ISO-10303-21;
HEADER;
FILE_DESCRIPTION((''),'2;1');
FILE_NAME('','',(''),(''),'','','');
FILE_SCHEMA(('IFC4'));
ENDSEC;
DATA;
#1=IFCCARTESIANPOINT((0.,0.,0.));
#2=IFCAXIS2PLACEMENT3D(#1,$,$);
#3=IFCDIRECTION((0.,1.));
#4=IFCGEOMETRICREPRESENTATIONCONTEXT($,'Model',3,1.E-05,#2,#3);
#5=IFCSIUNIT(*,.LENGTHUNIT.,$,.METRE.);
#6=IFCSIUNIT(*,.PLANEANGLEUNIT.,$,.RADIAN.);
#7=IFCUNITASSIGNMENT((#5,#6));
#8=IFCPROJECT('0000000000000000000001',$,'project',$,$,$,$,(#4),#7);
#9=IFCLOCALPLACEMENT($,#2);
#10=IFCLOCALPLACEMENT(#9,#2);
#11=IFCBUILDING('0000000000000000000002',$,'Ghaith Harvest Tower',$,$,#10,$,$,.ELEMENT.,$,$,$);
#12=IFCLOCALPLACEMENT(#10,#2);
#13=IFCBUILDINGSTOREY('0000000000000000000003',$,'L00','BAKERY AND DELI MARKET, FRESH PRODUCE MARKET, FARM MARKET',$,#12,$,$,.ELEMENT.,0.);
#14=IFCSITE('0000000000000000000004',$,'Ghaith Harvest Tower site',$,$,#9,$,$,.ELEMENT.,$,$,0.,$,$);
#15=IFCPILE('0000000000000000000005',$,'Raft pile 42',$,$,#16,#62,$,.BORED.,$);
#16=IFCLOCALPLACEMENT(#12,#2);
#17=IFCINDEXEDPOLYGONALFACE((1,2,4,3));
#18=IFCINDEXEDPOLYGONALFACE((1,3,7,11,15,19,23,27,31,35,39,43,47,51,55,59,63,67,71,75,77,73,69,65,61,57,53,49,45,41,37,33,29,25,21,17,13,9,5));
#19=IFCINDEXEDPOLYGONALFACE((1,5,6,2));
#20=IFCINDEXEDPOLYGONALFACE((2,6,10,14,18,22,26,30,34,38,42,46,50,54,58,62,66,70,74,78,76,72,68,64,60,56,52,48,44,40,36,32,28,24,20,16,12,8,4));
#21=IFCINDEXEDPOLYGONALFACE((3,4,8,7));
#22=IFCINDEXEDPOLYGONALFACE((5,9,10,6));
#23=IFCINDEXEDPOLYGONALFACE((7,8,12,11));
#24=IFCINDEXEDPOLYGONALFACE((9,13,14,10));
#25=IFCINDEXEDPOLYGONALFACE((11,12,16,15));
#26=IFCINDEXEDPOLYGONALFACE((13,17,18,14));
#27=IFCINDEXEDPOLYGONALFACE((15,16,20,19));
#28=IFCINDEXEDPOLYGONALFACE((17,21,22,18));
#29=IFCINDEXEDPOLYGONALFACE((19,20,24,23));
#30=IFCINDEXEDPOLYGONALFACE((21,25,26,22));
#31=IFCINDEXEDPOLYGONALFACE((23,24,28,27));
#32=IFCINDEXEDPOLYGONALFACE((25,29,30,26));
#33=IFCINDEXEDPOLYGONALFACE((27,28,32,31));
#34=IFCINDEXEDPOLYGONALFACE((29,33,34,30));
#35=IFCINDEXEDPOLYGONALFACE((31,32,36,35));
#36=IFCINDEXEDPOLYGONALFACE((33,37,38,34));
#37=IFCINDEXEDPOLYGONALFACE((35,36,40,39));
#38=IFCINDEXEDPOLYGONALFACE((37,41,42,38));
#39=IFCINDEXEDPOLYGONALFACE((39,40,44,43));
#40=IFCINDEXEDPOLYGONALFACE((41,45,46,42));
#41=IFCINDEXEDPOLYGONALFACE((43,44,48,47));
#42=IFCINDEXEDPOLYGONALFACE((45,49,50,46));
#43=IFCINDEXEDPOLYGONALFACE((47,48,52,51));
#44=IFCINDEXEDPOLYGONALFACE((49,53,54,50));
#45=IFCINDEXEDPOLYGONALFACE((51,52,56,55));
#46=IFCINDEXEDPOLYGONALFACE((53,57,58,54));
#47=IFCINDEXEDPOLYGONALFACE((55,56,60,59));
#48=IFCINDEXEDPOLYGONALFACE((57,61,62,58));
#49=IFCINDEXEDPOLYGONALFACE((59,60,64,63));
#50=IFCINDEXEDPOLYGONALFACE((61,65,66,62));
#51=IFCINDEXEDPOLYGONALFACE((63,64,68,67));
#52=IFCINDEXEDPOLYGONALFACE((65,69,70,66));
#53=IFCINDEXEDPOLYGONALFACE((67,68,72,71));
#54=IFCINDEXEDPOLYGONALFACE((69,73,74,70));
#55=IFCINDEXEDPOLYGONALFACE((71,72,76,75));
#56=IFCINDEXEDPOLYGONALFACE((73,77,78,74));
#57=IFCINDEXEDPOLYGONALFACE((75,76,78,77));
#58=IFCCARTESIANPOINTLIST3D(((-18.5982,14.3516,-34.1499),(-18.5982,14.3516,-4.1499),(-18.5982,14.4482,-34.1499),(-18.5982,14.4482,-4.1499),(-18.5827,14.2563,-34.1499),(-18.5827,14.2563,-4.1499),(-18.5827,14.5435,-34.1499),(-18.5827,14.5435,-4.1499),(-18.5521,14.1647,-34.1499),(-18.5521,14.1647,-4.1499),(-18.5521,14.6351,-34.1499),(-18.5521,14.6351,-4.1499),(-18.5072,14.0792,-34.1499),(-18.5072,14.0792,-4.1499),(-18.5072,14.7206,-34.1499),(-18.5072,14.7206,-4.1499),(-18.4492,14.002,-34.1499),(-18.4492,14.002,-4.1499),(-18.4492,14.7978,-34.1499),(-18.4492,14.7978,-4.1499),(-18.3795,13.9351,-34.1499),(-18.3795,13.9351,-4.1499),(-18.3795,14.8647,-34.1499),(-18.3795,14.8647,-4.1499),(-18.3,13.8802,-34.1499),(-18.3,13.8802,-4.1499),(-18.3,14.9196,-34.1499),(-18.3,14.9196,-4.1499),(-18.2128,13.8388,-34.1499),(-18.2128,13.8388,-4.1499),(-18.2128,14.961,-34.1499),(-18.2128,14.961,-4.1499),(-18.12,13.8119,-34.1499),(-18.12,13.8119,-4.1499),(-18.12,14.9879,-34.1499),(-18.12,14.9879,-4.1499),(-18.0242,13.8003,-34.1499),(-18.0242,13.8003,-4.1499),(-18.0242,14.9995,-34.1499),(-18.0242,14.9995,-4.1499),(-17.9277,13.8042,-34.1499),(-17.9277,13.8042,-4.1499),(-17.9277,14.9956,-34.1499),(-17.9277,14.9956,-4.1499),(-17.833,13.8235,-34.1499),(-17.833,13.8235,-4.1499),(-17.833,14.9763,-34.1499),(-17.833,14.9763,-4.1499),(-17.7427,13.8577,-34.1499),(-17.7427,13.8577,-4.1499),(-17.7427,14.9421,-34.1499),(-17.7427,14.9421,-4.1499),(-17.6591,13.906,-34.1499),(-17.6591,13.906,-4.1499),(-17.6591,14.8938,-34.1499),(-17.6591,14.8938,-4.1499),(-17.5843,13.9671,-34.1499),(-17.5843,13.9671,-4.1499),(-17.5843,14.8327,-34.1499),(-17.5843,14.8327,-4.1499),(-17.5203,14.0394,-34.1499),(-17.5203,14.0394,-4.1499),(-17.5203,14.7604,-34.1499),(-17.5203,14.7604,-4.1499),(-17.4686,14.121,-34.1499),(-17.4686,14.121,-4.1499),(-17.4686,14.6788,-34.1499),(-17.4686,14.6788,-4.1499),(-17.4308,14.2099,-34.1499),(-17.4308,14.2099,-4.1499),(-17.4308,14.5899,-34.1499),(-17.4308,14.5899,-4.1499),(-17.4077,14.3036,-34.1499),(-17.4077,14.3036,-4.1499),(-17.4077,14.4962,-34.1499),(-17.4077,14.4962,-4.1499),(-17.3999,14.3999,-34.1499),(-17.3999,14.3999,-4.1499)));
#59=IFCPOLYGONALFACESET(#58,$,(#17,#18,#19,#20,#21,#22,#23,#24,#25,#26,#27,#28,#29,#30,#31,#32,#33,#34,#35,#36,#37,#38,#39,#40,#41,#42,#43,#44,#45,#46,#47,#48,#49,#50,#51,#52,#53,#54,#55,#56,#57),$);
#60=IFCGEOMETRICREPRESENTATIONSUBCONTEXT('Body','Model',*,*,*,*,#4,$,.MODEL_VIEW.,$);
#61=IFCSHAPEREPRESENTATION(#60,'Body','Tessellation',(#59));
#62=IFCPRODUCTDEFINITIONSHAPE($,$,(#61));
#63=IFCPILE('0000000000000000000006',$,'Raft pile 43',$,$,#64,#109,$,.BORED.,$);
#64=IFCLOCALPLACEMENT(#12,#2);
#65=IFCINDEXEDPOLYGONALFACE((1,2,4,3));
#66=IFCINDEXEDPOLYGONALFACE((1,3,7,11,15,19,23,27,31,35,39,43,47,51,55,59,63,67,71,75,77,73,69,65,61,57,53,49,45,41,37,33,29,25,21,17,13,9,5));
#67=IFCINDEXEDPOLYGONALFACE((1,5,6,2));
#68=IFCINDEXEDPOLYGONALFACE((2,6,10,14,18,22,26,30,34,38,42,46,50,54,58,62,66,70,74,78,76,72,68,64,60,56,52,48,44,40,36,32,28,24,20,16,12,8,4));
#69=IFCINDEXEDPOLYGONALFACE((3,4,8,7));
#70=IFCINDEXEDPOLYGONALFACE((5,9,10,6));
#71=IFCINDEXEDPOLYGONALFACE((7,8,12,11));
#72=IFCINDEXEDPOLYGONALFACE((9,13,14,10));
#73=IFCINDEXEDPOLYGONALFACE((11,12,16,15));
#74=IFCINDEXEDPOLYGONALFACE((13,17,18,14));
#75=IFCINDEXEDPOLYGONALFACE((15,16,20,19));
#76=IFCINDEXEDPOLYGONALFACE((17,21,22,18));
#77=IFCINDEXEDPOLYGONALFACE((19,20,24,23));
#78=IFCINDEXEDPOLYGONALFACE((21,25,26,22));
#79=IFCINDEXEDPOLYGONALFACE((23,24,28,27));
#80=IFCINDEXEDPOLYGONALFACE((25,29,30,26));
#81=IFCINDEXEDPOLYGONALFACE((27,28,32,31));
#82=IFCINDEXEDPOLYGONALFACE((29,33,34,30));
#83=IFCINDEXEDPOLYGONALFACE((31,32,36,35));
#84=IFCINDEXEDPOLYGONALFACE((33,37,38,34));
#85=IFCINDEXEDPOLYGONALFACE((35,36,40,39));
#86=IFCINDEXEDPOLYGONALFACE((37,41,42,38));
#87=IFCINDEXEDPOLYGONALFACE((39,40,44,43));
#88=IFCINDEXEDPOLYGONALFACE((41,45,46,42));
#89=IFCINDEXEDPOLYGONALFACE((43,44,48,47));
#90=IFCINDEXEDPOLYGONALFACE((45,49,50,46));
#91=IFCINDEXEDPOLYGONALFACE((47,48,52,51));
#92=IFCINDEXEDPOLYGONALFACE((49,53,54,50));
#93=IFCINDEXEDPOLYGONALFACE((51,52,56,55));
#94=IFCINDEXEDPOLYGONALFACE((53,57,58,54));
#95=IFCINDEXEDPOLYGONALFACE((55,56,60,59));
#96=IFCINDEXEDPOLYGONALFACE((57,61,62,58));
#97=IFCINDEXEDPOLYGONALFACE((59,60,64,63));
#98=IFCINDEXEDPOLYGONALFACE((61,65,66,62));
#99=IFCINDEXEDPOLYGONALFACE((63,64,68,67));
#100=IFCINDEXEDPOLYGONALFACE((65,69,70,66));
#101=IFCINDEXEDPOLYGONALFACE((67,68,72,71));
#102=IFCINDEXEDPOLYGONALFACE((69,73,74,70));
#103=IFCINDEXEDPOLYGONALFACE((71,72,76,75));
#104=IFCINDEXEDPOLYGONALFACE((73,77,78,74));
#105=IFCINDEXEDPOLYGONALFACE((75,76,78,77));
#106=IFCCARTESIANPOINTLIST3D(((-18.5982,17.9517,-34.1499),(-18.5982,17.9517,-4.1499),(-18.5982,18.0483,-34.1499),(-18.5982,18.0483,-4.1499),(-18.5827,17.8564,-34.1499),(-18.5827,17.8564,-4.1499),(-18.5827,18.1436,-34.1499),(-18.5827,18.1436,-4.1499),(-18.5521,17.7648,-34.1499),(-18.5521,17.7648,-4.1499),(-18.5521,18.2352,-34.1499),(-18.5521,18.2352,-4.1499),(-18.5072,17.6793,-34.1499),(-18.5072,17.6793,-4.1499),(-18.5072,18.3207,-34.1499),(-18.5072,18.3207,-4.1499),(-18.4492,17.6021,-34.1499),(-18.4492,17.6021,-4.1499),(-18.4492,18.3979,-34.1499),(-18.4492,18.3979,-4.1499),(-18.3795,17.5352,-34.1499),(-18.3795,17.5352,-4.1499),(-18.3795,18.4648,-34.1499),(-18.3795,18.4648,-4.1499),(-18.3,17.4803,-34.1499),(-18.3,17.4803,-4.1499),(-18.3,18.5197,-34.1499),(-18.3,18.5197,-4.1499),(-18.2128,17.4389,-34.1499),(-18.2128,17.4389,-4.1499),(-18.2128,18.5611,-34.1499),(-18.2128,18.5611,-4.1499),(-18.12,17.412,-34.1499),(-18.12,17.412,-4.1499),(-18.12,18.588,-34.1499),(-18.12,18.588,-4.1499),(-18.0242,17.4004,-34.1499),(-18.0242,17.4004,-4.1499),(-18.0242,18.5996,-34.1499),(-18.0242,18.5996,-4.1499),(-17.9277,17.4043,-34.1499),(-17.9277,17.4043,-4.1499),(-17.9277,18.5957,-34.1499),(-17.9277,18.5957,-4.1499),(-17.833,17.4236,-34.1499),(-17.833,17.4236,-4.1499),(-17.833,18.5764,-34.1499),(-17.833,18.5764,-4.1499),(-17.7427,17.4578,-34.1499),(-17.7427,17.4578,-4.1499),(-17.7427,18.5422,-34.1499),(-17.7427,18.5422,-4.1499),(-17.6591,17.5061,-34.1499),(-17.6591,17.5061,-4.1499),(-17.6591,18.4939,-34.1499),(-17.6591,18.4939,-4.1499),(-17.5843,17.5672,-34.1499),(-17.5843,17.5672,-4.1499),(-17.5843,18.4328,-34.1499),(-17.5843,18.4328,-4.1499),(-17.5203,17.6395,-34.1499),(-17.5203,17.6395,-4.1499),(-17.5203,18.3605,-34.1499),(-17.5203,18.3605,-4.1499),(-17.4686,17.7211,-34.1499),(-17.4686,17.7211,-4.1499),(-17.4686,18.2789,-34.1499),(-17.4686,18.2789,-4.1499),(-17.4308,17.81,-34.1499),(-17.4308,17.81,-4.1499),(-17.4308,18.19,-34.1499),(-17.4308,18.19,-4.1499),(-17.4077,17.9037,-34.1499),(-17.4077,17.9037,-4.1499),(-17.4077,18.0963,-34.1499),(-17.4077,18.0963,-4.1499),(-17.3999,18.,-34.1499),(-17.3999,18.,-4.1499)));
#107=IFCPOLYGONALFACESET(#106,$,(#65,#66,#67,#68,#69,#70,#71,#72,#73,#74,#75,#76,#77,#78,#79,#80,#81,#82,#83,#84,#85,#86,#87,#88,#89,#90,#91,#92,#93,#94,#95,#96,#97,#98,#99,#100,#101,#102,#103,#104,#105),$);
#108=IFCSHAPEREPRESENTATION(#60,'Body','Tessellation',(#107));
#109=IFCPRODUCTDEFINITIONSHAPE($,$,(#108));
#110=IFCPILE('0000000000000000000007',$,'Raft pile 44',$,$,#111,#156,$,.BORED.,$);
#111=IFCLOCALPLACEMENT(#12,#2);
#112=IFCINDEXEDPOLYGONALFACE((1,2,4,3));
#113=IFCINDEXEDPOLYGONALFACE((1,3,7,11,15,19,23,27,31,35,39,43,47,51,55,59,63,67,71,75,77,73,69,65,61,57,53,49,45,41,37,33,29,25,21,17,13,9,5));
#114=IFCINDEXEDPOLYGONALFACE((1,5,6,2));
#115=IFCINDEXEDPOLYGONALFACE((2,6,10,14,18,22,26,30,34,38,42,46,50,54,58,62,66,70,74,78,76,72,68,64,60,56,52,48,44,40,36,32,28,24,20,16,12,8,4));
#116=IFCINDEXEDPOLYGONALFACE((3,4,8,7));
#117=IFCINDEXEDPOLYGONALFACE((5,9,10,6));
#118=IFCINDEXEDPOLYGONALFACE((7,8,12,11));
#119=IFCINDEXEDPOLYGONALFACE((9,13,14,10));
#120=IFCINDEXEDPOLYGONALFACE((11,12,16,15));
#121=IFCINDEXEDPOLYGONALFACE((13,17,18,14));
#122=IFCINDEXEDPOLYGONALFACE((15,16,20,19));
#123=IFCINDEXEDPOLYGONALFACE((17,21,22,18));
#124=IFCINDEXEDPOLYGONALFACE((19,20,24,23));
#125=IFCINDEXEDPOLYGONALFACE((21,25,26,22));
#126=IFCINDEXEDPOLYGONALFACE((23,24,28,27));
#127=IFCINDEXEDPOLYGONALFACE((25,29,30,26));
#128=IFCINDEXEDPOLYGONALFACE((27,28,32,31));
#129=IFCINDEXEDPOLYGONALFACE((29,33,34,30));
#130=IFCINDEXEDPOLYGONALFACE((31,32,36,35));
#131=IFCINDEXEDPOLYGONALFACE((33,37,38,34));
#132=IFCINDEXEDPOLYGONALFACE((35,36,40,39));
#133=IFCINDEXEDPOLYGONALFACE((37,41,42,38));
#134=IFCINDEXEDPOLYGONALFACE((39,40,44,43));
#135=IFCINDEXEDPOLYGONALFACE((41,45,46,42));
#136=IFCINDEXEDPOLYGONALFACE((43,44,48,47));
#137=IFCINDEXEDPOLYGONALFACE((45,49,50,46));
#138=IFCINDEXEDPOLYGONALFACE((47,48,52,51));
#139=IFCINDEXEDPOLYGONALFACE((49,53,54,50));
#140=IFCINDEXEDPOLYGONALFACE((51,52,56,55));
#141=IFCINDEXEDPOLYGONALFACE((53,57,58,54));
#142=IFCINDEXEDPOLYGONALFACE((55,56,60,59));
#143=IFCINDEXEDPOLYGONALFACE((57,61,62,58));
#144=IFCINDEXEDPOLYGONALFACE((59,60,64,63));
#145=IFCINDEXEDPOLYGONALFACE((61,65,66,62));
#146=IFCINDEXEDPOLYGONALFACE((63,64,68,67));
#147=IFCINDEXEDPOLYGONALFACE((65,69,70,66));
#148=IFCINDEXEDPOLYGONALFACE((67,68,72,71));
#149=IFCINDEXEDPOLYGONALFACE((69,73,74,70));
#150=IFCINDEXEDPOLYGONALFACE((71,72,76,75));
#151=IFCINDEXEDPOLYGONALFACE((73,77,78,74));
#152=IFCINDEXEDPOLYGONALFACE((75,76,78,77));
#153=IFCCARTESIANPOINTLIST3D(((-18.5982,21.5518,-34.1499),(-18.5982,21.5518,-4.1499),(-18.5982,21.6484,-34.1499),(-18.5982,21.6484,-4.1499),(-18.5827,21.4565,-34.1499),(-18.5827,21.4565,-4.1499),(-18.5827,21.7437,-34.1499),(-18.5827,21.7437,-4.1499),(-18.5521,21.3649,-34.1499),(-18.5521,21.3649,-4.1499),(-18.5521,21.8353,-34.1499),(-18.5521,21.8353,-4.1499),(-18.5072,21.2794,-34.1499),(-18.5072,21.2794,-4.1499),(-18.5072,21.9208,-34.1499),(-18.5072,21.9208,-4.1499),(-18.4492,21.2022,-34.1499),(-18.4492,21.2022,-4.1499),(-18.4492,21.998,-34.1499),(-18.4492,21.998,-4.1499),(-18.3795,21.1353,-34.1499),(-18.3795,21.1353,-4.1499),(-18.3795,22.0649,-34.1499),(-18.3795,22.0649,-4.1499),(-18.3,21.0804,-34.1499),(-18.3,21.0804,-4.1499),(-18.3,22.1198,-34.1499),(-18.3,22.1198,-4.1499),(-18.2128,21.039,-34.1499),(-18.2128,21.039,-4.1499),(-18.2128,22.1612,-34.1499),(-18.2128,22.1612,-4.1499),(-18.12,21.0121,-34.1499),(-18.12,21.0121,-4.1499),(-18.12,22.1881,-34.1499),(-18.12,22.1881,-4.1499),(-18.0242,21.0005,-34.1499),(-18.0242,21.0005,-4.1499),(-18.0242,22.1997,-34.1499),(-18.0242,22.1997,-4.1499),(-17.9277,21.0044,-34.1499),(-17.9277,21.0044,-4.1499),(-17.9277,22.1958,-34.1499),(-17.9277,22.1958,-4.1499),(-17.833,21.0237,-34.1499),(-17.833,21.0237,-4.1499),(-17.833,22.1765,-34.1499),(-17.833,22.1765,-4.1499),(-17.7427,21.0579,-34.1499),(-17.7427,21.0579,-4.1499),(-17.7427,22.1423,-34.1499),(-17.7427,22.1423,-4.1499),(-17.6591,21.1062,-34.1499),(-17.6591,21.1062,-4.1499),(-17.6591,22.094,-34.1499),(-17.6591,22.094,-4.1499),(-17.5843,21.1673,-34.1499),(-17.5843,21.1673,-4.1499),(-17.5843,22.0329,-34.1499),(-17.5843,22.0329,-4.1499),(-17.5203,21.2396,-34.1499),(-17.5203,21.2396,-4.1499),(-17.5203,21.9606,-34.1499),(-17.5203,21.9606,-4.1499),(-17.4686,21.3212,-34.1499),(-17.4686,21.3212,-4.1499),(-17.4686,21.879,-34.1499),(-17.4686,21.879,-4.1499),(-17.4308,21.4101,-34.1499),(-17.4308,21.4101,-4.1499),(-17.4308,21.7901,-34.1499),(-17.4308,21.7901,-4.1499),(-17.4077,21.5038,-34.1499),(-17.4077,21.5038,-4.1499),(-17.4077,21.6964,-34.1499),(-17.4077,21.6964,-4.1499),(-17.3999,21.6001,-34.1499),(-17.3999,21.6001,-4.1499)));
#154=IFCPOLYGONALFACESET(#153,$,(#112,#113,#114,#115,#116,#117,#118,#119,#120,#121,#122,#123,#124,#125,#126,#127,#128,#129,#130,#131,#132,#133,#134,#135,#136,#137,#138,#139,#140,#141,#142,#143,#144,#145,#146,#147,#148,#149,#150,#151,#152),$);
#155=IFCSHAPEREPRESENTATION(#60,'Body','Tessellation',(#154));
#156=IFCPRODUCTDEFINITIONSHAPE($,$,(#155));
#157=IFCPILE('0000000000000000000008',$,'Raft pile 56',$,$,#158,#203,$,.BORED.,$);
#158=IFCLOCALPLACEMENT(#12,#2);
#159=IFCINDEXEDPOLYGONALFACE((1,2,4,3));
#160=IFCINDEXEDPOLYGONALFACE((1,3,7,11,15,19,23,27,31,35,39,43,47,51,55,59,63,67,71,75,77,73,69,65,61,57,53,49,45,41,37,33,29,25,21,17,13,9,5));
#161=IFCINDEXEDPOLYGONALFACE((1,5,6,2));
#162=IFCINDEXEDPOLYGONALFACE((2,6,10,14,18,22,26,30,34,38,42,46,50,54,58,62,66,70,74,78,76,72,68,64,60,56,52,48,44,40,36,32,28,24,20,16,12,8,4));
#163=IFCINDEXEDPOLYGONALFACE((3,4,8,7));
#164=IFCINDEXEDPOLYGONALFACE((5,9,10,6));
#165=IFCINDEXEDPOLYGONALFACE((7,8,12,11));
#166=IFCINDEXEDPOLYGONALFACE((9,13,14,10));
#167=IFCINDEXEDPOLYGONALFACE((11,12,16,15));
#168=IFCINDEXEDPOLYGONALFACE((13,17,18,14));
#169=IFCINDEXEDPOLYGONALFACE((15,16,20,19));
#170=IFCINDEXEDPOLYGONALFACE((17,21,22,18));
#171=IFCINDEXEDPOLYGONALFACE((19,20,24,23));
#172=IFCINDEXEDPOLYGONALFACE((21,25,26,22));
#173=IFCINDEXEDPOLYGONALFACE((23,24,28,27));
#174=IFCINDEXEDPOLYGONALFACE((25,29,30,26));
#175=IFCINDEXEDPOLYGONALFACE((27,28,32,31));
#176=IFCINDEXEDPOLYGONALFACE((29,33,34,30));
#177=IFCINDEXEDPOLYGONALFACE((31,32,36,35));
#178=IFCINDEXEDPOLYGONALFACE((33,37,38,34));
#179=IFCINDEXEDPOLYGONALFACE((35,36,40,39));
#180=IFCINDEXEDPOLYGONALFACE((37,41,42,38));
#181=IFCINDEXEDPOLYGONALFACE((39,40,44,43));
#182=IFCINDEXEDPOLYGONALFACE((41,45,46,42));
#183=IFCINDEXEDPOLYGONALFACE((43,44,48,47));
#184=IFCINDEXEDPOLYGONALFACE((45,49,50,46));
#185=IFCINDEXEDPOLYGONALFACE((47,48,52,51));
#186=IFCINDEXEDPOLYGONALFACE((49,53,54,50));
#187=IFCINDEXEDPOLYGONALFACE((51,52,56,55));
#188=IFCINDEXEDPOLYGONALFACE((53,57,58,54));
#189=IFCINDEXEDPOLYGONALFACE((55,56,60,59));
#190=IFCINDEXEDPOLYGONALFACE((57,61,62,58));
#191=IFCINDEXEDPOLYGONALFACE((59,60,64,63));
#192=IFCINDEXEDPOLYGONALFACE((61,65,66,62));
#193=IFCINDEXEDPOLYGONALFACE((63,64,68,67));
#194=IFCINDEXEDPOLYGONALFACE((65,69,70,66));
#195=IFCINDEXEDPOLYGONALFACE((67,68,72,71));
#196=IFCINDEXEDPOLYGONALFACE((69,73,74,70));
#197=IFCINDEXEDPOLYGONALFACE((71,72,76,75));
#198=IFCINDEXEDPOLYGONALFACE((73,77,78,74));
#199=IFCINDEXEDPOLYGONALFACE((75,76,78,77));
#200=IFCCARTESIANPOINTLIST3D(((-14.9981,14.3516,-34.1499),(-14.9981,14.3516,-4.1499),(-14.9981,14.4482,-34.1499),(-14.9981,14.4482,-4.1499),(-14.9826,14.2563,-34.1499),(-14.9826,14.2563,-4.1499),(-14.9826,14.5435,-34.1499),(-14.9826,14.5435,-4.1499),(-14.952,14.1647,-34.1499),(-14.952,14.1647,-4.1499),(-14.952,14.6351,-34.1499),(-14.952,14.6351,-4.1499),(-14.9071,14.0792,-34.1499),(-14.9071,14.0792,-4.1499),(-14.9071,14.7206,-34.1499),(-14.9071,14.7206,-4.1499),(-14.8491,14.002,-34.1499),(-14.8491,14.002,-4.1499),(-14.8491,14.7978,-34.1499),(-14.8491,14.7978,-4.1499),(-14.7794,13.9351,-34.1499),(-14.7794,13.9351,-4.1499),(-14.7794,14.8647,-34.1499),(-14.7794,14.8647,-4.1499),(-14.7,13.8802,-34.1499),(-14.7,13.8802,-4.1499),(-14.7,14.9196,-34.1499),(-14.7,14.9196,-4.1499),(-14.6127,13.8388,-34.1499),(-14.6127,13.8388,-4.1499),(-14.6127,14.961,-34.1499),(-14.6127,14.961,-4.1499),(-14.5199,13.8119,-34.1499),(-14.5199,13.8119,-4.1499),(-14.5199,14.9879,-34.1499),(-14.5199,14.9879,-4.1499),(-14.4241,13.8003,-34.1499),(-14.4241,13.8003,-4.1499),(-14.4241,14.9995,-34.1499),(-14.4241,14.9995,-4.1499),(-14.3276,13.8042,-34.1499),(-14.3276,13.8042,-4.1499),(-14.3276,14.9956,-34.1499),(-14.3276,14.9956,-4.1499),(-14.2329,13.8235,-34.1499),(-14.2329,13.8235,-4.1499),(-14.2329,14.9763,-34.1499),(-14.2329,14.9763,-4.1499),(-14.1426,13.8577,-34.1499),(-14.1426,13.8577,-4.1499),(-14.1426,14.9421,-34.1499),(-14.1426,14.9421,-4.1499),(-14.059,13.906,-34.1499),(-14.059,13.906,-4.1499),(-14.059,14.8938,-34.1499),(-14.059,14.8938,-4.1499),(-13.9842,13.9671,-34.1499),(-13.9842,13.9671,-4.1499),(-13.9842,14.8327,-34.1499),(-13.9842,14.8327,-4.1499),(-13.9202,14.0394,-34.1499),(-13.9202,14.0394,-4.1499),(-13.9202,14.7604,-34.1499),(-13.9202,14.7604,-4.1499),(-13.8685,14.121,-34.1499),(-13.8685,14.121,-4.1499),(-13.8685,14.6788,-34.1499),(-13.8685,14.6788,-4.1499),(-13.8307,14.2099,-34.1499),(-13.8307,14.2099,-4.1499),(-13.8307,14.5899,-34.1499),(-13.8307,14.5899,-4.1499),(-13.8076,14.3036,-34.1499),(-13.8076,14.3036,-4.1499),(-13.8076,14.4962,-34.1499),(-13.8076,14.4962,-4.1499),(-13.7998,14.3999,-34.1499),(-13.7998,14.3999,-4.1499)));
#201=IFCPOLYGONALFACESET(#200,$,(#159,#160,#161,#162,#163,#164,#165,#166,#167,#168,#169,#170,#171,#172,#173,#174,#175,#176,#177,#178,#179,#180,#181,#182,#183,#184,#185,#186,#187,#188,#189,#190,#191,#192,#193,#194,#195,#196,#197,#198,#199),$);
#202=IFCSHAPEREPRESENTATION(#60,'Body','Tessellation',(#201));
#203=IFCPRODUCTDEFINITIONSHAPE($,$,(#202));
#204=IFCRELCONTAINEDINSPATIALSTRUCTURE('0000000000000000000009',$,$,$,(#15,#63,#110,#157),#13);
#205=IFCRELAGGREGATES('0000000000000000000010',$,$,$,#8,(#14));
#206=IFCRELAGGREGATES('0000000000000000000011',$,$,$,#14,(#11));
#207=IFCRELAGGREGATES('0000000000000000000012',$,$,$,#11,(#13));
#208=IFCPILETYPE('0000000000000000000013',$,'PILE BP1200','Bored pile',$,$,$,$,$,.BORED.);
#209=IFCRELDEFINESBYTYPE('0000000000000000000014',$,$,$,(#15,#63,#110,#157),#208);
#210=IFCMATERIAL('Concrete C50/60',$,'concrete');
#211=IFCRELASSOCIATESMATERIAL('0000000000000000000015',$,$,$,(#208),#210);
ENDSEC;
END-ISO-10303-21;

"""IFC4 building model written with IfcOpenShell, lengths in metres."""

from ifc_helpers import new_model, si_unit, direction, frame, origin, origin_2d, place, context, subcontext, project, spatial, circle, extrude, material, material_profile, profile_set, type_object, element, save


model = new_model("IFC4")

# Units and contexts
model_context = context("Model", 3, precision=1e-05, world=origin(), true_north=direction((0.0, 1.0)))
body_context = subcontext(model_context, "Body", "Model", "MODEL_VIEW")
ifc_project = project(units=[si_unit("LENGTHUNIT", "METRE"), si_unit("PLANEANGLEUNIT", "RADIAN")], contexts=[model_context])

# Site, building, storey
site_placement = place(None, origin())
site = spatial("IfcSite", under=ifc_project, at=site_placement, Name="Ghaith Harvest Tower site", CompositionType="ELEMENT", RefElevation=0.0)
building_placement = place(site_placement, origin())
building = spatial("IfcBuilding", under=site, at=building_placement, Name="Ghaith Harvest Tower", CompositionType="ELEMENT")
storey_placement = place(building_placement, origin())
storey = spatial("IfcBuildingStorey", under=building, at=storey_placement, Name="L00", Description="BAKERY AND DELI MARKET, FRESH PRODUCE MARKET, FARM MARKET", CompositionType="ELEMENT", Elevation=0.0)

# Piles
ifc_material_1 = material(Name="Concrete C50/60", Category="concrete")
ifc_material_profile_1 = material_profile(ifc_material_1, circle(Radius=0.6001, at=origin_2d()), Name="PILE1200")
ifc_profile_set_1 = profile_set([ifc_material_profile_1], Name="Concrete C50/60")
pile_type = type_object("IfcPileType", Name="PILE BP1200", Description="Bored pile", PredefinedType="BORED", material=ifc_profile_set_1)
for number, where, z_axis, x_axis, name in (
    (1, (-18.0, 14.3999, -4.1499), (0.0, 0.0, -1.0), (1.0, 0.0, 0.0), "Raft pile 42"),
    (2, (-18.0, 18.0, -4.1499), (0.0, 0.0, -1.0), (1.0, 0.0, 0.0), "Raft pile 43"),
    (3, (-18.0, 21.6001, -4.1499), (0.0, 0.0, -1.0), (1.0, 0.0, 0.0), "Raft pile 44"),
    (4, (-14.3999, 14.3999, -4.1499), (0.0, 0.0, -1.0), (1.0, 0.0, 0.0), "Raft pile 56"),
):
    element("IfcPile", number, at=place(storey_placement, frame(where, z_axis=z_axis, x_axis=x_axis)), inside=storey, type_object=pile_type, Name=name, PredefinedType="BORED", context=body_context, shape_type="SweptSolid", body=[
        extrude(circle(Radius=0.6001, at=origin_2d()), origin(), (0.0, 0.0, 1.0), 30.0),
    ])

save(model, "model.ifc")
